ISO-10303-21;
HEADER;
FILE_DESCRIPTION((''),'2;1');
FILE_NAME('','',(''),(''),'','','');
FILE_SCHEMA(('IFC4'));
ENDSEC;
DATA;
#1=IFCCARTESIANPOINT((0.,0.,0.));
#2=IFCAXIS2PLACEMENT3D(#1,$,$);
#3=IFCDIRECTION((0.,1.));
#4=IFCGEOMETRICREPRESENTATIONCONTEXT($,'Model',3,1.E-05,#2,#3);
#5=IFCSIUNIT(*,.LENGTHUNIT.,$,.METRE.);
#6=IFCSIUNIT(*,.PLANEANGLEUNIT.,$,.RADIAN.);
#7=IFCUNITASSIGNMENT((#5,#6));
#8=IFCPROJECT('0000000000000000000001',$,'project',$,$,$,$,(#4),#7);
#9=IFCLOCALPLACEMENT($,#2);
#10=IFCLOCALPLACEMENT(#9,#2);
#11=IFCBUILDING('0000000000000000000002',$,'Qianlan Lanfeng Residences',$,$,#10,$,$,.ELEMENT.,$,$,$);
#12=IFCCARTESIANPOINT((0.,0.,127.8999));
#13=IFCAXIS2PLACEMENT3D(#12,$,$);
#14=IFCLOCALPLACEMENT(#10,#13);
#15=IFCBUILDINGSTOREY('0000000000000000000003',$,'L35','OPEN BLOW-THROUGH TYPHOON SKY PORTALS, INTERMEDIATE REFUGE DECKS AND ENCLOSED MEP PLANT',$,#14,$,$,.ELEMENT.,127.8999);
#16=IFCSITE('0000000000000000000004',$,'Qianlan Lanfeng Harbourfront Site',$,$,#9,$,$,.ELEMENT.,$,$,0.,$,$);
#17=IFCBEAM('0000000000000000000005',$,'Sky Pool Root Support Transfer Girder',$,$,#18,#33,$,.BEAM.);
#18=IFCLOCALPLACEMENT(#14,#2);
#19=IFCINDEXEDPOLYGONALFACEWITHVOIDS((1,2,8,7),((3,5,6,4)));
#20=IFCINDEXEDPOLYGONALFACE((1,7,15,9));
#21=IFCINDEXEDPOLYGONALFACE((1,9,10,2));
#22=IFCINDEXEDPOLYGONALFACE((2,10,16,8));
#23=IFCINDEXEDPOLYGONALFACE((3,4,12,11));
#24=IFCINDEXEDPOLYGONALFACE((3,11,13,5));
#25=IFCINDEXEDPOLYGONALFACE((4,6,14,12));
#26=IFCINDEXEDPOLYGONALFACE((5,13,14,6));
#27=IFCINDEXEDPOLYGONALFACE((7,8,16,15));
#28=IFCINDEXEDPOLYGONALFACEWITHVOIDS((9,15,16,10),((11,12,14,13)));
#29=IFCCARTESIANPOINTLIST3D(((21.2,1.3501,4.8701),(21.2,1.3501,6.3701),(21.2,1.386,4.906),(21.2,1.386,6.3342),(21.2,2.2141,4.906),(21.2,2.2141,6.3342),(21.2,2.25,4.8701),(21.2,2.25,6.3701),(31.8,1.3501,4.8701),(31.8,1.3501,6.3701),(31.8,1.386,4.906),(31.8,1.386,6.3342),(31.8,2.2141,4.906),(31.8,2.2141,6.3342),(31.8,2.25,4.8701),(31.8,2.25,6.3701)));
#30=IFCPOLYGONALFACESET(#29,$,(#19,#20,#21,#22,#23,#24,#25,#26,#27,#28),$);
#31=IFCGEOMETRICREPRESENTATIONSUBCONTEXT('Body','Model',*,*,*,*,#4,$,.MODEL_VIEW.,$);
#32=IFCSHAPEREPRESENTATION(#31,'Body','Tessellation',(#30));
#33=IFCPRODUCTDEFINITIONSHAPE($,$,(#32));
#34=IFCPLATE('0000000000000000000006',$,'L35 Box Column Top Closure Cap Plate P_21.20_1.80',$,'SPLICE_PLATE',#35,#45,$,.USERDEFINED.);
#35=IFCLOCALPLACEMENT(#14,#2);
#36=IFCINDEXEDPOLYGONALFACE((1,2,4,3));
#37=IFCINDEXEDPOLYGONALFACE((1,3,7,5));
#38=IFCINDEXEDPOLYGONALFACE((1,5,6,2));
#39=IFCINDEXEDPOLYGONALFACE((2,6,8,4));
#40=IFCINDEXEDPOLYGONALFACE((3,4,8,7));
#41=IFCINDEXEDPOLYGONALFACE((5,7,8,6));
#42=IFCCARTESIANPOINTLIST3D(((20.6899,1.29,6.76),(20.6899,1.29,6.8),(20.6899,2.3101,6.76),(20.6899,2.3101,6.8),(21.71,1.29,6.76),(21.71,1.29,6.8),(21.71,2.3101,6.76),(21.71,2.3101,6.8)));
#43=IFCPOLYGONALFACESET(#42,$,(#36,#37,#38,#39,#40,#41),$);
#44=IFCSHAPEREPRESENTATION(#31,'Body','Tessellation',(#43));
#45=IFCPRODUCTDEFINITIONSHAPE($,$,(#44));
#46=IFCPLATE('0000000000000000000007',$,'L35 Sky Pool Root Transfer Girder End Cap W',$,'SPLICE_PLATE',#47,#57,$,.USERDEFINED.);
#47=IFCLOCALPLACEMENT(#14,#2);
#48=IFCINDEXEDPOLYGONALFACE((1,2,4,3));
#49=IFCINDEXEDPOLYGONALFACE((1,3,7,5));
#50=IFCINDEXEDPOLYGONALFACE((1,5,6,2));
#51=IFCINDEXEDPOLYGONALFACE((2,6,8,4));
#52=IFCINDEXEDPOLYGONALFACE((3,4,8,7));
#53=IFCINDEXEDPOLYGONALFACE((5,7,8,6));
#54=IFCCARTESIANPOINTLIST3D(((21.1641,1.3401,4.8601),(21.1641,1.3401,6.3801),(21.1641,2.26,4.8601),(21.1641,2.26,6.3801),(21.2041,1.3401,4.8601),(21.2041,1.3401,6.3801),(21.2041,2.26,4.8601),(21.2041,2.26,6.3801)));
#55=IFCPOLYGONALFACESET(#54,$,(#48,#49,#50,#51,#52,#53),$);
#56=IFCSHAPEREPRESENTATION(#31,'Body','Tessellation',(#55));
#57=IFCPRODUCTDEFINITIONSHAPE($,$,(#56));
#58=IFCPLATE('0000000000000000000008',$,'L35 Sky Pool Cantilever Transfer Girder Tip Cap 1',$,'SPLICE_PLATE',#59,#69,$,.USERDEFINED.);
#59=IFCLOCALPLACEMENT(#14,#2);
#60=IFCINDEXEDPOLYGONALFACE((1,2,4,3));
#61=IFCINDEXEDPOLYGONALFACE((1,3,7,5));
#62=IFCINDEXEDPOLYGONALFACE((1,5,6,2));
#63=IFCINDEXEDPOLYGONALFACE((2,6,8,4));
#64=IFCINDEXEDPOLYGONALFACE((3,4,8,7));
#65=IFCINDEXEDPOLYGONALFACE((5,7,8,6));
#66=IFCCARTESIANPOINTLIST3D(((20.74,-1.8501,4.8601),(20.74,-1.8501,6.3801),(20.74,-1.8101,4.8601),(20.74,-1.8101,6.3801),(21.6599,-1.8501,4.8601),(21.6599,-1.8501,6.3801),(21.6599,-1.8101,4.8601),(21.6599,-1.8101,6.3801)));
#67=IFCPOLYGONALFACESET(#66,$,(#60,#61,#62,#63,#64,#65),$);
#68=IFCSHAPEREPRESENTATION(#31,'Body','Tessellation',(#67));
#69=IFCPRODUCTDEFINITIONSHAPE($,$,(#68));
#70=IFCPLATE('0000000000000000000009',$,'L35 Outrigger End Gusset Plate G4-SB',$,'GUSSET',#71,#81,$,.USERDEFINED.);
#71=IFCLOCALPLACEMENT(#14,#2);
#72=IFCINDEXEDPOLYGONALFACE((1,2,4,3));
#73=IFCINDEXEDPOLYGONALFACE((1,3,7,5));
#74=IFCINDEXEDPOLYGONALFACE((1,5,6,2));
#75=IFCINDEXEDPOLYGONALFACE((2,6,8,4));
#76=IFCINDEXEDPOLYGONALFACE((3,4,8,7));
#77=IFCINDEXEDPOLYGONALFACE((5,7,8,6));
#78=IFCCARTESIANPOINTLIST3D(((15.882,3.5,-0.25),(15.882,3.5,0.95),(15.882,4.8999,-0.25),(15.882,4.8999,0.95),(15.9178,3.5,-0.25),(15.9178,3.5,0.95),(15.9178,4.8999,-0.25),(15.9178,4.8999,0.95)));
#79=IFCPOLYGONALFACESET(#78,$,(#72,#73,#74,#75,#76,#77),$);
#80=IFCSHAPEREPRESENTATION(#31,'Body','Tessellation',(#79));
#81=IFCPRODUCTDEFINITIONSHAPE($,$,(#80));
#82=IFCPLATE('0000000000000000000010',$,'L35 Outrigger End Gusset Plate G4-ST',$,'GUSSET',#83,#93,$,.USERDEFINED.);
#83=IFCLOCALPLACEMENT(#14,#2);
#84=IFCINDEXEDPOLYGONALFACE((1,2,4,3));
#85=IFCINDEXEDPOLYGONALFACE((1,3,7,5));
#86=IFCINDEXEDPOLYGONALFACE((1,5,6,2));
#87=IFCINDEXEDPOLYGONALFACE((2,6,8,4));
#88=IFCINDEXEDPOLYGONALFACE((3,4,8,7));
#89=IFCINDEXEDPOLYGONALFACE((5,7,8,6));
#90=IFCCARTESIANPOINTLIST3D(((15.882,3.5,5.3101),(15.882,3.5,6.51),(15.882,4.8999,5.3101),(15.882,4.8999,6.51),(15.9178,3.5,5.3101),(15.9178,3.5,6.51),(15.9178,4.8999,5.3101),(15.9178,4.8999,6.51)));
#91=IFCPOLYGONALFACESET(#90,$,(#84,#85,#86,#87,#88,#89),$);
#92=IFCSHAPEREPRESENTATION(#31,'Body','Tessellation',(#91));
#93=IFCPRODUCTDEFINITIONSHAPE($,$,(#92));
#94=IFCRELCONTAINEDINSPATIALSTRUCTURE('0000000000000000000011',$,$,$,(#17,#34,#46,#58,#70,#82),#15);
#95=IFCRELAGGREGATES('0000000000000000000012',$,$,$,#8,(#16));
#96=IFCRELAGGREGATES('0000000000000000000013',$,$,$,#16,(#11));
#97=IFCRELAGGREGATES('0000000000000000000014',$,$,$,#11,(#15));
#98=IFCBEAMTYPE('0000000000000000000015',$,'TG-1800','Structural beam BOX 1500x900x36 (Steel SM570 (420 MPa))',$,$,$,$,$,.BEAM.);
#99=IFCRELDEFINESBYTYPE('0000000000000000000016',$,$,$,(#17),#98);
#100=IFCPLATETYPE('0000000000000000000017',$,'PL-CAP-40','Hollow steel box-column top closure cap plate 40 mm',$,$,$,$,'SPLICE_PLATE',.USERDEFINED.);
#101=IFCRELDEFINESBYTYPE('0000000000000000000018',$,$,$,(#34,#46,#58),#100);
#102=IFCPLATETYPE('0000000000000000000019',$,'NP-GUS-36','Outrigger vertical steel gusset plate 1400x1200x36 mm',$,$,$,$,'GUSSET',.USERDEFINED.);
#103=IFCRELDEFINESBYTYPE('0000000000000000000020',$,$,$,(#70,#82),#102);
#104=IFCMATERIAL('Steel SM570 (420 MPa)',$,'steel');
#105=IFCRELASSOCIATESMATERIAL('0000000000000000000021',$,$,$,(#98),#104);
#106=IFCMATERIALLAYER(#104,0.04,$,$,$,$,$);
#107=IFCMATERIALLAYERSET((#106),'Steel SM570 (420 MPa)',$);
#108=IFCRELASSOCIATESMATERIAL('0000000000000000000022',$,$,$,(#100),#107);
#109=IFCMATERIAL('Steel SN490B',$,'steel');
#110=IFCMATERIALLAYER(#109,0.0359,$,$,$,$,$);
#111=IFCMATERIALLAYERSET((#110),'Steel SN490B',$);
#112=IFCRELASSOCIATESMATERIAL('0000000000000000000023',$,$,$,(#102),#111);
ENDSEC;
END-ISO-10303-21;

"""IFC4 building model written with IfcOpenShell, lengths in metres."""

from ifc_helpers import new_model, si_unit, direction, frame, origin, origin_2d, place, context, subcontext, project, spatial, rectangle, hollow_rectangle, extrude, source, transform, mapped, material, layer, layer_set, material_profile, profile_set, type_object, element, save


model = new_model("IFC4")

# Units and contexts
model_context = context("Model", 3, precision=1e-05, world=origin(), true_north=direction((0.0, 1.0)))
body_context = subcontext(model_context, "Body", "Model", "MODEL_VIEW")
ifc_project = project(units=[si_unit("LENGTHUNIT", "METRE"), si_unit("PLANEANGLEUNIT", "RADIAN")], contexts=[model_context])

# Site, building, storey
site_placement = place(None, origin())
site = spatial("IfcSite", under=ifc_project, at=site_placement, Name="Qianlan Lanfeng Harbourfront Site", CompositionType="ELEMENT", RefElevation=0.0)
building_placement = place(site_placement, origin())
building = spatial("IfcBuilding", under=site, at=building_placement, Name="Qianlan Lanfeng Residences", CompositionType="ELEMENT")
storey_placement = place(building_placement, frame((0.0, 0.0, 127.8999)))
storey = spatial("IfcBuildingStorey", under=building, at=storey_placement, Name="L35", Description="OPEN BLOW-THROUGH TYPHOON SKY PORTALS, INTERMEDIATE REFUGE DECKS AND ENCLOSED MEP PLANT", CompositionType="ELEMENT", Elevation=127.8999)

# Shared definitions
ifc_material_1 = material(Name="Steel SN490B", Category="steel")

# Beam
ifc_material_2 = material(Name="Steel SM570 (420 MPa)", Category="steel")
ifc_material_profile_1 = material_profile(ifc_material_2, hollow_rectangle(XDim=0.8999, YDim=1.5, WallThickness=0.0359, at=origin_2d()), Name="BOX 1500x900x36")
ifc_profile_set_1 = profile_set([ifc_material_profile_1], Name="Steel SM570 (420 MPa)")
beam_type_1 = type_object("IfcBeamType", Name="TG-1800", Description="Structural beam BOX 1500x900x36 (Steel SM570 (420 MPa))", PredefinedType="BEAM", material=ifc_profile_set_1)
beam_1_placement = place(storey_placement, frame((21.2, 1.8, 5.6201), z_axis=(1.0, 0.0, 0.0), x_axis=(0.0, 1.0, 0.0)))
element("IfcBeam", 1, at=beam_1_placement, inside=storey, type_object=beam_type_1, Name="Sky Pool Root Support Transfer Girder", PredefinedType="BEAM", context=body_context, shape_type="SweptSolid", body=[
    extrude(hollow_rectangle(XDim=0.8999, YDim=1.5, WallThickness=0.0359, at=origin_2d()), origin(), (0.0, 0.0, 1.0), 10.6001),
])

# Plates
ifc_layer_1 = layer(ifc_material_2, 0.04)
ifc_layer_set_1 = layer_set([ifc_layer_1], Name="Steel SM570 (420 MPa)")
plate_type_1 = type_object("IfcPlateType", Name="PL-CAP-40", Description="Hollow steel box-column top closure cap plate 40 mm", ElementType="SPLICE_PLATE", PredefinedType="USERDEFINED", material=ifc_layer_set_1)
shared_shape_1 = source(origin(), body_context, "Body", "SweptSolid", [
    extrude(rectangle(XDim=1.02, YDim=1.02, at=origin_2d()), origin(), (0.0, 0.0, 1.0), 0.04),
])
plate_1_placement = place(storey_placement, frame((21.2, 1.8, 6.76), z_axis=(0.0, 0.0, 1.0), x_axis=(1.0, 0.0, 0.0)))
element("IfcPlate", 2, at=plate_1_placement, inside=storey, type_object=plate_type_1, Name="L35 Box Column Top Closure Cap Plate P_21.20_1.80", ObjectType="SPLICE_PLATE", PredefinedType="USERDEFINED", context=body_context, shape_type="MappedRepresentation", body=[
    mapped(shared_shape_1, transform((0.0, 0.0, 0.0), scale=1.0)),
])
shared_shape_2 = source(origin(), body_context, "Body", "SweptSolid", [
    extrude(rectangle(XDim=0.04, YDim=0.9199, at=origin_2d()), origin(), (0.0, 0.0, 1.0), 1.52),
])
plate_2_placement = place(storey_placement, frame((21.1841, 1.8, 4.8601), z_axis=(0.0, 0.0, 1.0), x_axis=(1.0, 0.0, 0.0)))
element("IfcPlate", 3, at=plate_2_placement, inside=storey, type_object=plate_type_1, Name="L35 Sky Pool Root Transfer Girder End Cap W", ObjectType="SPLICE_PLATE", PredefinedType="USERDEFINED", context=body_context, shape_type="MappedRepresentation", body=[
    mapped(shared_shape_2, transform((0.0, 0.0, 0.0), scale=1.0)),
])
shared_shape_3 = source(origin(), body_context, "Body", "SweptSolid", [
    extrude(rectangle(XDim=0.9199, YDim=0.04, at=origin_2d()), origin(), (0.0, 0.0, 1.0), 1.52),
])
plate_3_placement = place(storey_placement, frame((21.2, -1.8301, 4.8601), z_axis=(0.0, 0.0, 1.0), x_axis=(1.0, 0.0, 0.0)))
element("IfcPlate", 4, at=plate_3_placement, inside=storey, type_object=plate_type_1, Name="L35 Sky Pool Cantilever Transfer Girder Tip Cap 1", ObjectType="SPLICE_PLATE", PredefinedType="USERDEFINED", context=body_context, shape_type="MappedRepresentation", body=[
    mapped(shared_shape_3, transform((0.0, 0.0, 0.0), scale=1.0)),
])
ifc_layer_2 = layer(ifc_material_1, 0.0359)
ifc_layer_set_2 = layer_set([ifc_layer_2], Name="Steel SN490B")
plate_type_2 = type_object("IfcPlateType", Name="NP-GUS-36", Description="Outrigger vertical steel gusset plate 1400x1200x36 mm", ElementType="GUSSET", PredefinedType="USERDEFINED", material=ifc_layer_set_2)
shared_shape_4 = source(origin(), body_context, "Body", "SweptSolid", [
    extrude(rectangle(XDim=0.0359, YDim=1.3999, at=origin_2d()), origin(), (0.0, 0.0, 1.0), 1.2),
])
for number, where, z_axis, x_axis, name in (
    (5, (15.8999, 4.2, -0.25), (0.0, 0.0, 1.0), (1.0, 0.0, 0.0), "L35 Outrigger End Gusset Plate G4-SB"),
    (6, (15.8999, 4.2, 5.3101), (0.0, 0.0, 1.0), (1.0, 0.0, 0.0), "L35 Outrigger End Gusset Plate G4-ST"),
):
    element("IfcPlate", number, at=place(storey_placement, frame(where, z_axis=z_axis, x_axis=x_axis)), inside=storey, type_object=plate_type_2, Name=name, ObjectType="GUSSET", PredefinedType="USERDEFINED", context=body_context, shape_type="MappedRepresentation", body=[
        mapped(shared_shape_4, transform((0.0, 0.0, 0.0), scale=1.0)),
    ])

save(model, "model.ifc")
